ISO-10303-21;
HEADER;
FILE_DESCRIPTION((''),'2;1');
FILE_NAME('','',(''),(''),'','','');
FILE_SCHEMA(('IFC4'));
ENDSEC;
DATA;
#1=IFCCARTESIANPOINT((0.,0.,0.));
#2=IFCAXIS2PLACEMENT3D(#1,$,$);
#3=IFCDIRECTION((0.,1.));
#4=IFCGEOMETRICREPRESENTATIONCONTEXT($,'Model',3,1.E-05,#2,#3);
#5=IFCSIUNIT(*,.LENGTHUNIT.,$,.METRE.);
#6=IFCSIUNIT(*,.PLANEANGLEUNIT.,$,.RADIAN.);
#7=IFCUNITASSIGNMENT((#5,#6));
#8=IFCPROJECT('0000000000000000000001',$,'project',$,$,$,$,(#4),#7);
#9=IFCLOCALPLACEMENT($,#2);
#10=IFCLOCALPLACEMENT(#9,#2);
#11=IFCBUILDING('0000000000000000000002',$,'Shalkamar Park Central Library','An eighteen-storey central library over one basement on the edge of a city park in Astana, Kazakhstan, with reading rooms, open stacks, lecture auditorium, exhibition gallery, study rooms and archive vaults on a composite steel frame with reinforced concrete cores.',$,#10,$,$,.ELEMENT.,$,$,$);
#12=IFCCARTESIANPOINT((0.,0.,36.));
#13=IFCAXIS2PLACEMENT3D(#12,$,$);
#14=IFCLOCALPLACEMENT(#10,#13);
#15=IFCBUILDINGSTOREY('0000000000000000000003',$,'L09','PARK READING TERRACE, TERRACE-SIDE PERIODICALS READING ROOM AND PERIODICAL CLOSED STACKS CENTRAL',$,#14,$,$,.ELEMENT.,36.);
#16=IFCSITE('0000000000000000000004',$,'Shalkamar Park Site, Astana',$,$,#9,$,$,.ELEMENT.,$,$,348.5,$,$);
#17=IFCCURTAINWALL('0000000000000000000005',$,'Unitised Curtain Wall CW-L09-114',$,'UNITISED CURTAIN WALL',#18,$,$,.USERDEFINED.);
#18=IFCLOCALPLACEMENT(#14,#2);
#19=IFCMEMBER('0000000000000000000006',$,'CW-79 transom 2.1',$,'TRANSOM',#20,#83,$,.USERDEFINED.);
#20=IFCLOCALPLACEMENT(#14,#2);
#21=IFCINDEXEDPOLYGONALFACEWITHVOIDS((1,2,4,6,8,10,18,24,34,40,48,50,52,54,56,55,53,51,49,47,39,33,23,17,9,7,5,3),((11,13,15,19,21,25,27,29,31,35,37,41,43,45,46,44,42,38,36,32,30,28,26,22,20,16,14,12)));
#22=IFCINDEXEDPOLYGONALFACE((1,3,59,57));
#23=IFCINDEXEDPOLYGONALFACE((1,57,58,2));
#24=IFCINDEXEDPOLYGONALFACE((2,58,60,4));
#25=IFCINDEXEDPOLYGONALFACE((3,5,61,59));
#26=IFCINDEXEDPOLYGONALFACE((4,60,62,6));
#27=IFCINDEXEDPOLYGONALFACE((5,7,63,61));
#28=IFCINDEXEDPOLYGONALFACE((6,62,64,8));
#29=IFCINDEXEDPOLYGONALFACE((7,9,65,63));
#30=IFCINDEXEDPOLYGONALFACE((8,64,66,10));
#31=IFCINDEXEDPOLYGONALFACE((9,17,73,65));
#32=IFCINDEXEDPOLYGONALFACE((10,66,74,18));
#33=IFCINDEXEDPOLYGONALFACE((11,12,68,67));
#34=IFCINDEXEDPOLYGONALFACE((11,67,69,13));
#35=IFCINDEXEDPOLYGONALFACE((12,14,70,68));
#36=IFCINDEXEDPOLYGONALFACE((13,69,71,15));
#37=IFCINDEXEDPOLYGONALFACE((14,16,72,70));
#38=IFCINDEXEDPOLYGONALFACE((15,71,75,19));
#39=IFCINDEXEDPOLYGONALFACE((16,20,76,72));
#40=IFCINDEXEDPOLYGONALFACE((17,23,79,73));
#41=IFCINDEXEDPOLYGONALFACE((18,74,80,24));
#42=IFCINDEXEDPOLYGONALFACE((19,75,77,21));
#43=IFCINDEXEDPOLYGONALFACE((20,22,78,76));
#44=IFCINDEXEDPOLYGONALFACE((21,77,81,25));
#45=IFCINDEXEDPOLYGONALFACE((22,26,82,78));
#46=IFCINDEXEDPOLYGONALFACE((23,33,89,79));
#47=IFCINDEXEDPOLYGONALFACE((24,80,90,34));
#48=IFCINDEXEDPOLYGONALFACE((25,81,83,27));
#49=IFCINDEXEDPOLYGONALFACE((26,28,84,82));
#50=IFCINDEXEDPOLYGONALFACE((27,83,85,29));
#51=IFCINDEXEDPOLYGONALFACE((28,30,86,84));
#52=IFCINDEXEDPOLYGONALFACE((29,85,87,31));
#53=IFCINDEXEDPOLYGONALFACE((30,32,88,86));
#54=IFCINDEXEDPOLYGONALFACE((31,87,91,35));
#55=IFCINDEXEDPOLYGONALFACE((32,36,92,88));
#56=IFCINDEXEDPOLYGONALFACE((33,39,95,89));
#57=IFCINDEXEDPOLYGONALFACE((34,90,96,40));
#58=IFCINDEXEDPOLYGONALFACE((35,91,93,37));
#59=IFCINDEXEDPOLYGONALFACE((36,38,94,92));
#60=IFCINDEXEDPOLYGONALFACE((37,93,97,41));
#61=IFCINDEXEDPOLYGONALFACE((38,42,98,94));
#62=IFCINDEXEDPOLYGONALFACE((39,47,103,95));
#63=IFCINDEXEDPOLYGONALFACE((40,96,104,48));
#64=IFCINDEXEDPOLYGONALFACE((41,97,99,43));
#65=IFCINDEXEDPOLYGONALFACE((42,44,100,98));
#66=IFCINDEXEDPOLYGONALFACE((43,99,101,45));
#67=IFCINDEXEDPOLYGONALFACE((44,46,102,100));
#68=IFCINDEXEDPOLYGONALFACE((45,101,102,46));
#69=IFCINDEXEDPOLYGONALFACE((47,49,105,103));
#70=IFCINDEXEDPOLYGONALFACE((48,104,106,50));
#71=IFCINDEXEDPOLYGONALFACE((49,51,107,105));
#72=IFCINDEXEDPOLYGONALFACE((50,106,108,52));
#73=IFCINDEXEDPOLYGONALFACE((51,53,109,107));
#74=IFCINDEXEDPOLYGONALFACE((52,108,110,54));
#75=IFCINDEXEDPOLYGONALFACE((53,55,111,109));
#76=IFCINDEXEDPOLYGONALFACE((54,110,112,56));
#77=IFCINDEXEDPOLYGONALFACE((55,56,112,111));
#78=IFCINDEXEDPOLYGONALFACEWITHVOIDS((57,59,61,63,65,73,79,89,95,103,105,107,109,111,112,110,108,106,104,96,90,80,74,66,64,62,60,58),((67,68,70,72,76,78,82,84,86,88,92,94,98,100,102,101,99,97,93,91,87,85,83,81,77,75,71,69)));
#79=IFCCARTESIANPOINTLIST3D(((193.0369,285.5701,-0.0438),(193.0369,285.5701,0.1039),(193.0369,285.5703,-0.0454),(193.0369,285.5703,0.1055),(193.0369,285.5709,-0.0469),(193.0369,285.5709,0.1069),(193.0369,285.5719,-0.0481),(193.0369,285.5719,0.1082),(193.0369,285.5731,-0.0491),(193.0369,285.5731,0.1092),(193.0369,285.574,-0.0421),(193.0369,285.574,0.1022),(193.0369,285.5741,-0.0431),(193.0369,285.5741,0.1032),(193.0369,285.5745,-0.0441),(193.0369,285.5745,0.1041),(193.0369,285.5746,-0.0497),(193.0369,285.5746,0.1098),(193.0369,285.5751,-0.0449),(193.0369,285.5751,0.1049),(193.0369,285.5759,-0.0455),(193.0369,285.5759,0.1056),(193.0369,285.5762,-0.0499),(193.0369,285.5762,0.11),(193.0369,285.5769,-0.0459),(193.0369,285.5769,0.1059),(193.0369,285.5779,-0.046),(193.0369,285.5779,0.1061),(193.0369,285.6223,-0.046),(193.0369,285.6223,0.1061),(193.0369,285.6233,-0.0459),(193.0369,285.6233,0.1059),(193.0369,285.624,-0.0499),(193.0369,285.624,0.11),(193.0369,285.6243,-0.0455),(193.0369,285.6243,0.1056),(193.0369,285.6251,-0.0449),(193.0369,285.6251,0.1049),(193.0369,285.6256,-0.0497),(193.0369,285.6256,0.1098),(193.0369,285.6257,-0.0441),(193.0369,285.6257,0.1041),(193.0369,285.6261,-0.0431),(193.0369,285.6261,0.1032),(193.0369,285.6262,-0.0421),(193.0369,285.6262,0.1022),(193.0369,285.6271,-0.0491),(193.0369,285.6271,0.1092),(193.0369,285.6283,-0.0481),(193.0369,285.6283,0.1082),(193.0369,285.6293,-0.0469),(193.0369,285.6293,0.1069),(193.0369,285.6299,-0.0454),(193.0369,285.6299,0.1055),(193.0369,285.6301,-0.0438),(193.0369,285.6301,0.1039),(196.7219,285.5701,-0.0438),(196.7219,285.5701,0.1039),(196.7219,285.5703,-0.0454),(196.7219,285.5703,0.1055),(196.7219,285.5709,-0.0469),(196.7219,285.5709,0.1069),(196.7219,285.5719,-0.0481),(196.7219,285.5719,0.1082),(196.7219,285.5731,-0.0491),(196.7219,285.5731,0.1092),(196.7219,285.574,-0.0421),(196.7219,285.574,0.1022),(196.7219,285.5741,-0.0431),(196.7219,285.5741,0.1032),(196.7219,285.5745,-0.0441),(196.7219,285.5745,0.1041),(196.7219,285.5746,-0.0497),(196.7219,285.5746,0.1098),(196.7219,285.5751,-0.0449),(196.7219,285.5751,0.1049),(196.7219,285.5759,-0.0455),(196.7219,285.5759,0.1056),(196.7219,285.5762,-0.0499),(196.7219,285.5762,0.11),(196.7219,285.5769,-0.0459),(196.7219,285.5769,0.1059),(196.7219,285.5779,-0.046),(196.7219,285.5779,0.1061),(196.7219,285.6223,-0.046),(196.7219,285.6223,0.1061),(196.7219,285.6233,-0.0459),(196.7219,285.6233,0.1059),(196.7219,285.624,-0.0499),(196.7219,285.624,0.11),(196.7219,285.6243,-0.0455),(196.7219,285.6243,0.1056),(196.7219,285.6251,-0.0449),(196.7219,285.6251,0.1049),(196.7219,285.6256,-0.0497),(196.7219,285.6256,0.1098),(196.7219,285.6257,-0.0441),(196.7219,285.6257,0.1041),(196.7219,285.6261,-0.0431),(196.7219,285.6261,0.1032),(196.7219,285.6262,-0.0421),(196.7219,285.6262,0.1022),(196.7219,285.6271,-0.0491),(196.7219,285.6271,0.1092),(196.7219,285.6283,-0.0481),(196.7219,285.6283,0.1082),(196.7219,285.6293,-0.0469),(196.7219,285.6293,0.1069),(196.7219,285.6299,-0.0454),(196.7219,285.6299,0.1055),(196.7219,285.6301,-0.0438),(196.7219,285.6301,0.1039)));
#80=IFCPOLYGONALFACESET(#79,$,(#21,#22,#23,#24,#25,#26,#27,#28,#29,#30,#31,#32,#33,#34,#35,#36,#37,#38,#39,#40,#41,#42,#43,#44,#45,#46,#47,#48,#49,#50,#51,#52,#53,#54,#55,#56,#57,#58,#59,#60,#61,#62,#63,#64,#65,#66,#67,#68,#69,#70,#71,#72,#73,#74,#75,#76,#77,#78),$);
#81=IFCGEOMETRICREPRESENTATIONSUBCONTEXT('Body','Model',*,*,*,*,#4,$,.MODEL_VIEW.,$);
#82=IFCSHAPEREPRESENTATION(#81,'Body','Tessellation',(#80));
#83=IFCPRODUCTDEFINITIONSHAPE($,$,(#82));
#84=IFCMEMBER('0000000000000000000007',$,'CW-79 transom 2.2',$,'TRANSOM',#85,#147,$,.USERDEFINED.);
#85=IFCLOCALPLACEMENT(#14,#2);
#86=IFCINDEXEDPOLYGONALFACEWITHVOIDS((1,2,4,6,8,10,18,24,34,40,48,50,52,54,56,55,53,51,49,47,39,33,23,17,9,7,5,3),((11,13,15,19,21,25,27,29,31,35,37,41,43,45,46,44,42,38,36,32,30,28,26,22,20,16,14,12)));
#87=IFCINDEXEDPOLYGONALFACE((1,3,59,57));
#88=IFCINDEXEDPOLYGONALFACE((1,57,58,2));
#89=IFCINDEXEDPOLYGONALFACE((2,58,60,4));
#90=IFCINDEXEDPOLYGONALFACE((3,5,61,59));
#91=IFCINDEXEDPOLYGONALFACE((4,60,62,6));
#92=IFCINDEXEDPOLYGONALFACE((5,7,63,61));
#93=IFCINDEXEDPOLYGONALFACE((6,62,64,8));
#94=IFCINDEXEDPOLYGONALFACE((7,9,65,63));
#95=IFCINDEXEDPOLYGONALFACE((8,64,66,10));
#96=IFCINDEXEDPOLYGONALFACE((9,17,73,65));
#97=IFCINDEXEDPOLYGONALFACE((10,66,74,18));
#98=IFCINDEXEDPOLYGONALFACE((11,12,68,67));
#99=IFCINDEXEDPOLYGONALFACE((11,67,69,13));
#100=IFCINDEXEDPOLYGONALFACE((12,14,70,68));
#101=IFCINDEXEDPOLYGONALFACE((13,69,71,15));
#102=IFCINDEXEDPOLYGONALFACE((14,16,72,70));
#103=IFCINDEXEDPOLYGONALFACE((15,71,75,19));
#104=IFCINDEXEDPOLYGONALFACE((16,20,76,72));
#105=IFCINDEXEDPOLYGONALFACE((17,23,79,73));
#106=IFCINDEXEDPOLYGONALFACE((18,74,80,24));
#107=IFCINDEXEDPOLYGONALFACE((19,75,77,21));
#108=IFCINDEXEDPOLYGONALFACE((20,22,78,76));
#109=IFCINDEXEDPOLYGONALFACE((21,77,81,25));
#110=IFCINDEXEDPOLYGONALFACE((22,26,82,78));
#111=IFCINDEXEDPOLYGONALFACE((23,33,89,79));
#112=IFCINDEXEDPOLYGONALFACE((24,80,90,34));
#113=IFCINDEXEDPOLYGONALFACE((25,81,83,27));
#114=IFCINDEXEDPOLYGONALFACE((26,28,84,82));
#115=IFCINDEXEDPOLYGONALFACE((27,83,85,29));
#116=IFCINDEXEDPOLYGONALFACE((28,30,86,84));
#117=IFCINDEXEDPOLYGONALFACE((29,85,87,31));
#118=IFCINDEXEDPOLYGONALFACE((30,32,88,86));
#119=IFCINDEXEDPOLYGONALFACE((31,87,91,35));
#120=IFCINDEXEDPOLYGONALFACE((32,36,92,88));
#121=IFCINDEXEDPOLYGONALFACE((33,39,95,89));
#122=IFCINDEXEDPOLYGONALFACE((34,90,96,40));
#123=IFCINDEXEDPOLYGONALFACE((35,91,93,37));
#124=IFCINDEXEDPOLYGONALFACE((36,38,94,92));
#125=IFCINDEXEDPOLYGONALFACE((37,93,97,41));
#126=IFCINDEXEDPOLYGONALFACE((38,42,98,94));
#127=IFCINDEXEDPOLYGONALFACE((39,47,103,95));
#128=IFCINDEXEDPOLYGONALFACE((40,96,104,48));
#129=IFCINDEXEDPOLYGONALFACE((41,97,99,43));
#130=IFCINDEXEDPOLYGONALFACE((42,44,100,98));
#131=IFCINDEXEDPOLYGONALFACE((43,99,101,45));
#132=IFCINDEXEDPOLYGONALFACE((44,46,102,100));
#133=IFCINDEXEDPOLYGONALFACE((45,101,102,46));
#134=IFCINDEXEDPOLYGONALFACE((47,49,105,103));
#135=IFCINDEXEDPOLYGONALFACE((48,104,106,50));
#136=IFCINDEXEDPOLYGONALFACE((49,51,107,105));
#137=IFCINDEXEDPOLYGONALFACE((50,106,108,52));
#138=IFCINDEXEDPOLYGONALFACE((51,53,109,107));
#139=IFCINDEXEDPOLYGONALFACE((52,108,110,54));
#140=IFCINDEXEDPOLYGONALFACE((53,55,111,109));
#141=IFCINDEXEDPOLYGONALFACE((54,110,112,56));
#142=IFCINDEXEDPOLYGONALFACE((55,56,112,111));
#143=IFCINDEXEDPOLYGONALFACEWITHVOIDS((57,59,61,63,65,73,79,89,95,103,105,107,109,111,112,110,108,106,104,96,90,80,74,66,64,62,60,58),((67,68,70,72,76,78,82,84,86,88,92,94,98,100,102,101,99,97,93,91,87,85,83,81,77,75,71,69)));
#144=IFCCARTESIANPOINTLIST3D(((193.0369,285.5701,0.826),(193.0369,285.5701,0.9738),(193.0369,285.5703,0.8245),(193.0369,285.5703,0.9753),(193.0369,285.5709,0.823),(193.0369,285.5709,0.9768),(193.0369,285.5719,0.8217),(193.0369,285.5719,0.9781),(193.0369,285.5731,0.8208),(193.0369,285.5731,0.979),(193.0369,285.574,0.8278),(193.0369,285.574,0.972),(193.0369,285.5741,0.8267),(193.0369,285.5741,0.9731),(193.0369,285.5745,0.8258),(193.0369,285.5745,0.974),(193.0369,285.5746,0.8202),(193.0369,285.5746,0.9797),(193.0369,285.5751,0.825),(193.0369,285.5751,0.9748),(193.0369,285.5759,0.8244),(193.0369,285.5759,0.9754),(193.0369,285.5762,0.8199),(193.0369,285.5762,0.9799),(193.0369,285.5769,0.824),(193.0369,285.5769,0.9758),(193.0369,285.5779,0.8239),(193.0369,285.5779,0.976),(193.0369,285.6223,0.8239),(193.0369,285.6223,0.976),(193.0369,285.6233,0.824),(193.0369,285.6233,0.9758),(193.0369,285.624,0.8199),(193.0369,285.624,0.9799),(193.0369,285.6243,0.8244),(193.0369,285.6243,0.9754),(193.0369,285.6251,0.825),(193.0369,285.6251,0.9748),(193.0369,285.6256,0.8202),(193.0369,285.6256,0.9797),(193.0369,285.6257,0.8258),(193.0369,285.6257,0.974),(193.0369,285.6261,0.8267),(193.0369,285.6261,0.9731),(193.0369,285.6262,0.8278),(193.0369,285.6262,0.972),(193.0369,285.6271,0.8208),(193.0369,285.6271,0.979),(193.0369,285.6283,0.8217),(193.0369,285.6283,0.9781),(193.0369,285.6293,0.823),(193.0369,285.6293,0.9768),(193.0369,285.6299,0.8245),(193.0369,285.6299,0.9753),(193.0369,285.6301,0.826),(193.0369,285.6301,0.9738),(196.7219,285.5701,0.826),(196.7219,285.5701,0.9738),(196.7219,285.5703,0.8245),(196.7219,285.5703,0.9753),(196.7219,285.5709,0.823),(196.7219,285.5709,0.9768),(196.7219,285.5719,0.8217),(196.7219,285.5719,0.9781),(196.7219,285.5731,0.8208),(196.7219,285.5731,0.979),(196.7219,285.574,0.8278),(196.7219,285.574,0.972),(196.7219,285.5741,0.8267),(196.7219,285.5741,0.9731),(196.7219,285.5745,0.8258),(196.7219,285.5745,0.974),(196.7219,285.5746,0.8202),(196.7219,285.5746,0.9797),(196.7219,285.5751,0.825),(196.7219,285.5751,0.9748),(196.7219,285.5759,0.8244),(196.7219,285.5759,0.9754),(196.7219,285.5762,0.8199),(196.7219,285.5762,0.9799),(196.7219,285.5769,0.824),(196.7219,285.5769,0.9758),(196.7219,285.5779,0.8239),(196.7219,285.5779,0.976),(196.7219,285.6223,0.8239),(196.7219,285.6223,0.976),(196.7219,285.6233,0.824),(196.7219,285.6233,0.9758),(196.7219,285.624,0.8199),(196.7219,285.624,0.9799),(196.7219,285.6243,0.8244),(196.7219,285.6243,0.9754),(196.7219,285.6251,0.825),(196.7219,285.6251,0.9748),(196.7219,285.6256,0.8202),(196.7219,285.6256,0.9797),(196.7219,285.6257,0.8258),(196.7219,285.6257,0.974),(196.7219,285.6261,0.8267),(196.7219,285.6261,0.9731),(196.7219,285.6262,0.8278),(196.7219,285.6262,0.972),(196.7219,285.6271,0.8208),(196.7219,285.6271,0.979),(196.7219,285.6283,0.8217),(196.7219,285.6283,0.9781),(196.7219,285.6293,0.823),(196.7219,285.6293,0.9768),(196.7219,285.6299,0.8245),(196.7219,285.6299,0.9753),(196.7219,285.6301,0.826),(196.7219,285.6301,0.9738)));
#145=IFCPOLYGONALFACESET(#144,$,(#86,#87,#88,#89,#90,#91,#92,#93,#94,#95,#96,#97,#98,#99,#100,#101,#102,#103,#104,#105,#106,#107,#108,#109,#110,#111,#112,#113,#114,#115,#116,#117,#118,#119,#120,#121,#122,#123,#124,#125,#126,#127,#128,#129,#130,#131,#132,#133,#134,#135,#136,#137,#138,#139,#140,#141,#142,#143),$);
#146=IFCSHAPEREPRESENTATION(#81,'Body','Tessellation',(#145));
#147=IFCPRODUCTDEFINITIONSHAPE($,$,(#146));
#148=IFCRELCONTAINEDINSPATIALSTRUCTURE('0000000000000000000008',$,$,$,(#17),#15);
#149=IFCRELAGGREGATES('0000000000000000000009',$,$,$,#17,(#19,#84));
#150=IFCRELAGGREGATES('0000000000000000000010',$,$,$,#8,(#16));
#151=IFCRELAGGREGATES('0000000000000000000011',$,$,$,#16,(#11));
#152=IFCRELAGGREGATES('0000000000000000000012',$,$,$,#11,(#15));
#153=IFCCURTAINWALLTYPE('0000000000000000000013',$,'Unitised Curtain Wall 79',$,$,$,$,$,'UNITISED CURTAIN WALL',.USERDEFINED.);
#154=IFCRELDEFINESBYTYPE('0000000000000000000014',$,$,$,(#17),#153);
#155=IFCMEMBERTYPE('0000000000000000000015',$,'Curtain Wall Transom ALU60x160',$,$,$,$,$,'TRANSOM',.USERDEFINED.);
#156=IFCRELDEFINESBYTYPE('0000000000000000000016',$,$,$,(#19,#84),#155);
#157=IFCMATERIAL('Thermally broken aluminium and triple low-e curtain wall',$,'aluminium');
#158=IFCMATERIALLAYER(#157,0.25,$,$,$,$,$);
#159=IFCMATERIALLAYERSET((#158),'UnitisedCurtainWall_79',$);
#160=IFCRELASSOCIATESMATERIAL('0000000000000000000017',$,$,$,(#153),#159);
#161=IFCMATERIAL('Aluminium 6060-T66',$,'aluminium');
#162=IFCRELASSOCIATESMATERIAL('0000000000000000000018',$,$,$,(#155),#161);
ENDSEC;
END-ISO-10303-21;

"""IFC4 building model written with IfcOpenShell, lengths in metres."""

from ifc_helpers import new_model, si_unit, direction, frame, origin, origin_2d, place, context, subcontext, project, spatial, hollow_rectangle, extrude, material, layer, layer_set, material_profile, profile_set, type_object, element, aggregate, save


model = new_model("IFC4")

# Units and contexts
model_context = context("Model", 3, precision=1e-05, world=origin(), true_north=direction((0.0, 1.0)))
body_context = subcontext(model_context, "Body", "Model", "MODEL_VIEW")
ifc_project = project(units=[si_unit("LENGTHUNIT", "METRE"), si_unit("PLANEANGLEUNIT", "RADIAN")], contexts=[model_context])

# Site, building, storey
site_placement = place(None, origin())
site = spatial("IfcSite", under=ifc_project, at=site_placement, Name="Shalkamar Park Site, Astana", CompositionType="ELEMENT", RefElevation=348.5)
building_placement = place(site_placement, origin())
building = spatial("IfcBuilding", under=site, at=building_placement, Name="Shalkamar Park Central Library", Description="An eighteen-storey central library over one basement on the edge of a city park in Astana, Kazakhstan, with reading rooms, open stacks, lecture auditorium, exhibition gallery, study rooms and archive vaults on a composite steel frame with reinforced concrete cores.", CompositionType="ELEMENT")
storey_placement = place(building_placement, frame((0.0, 0.0, 36.0)))
storey = spatial("IfcBuildingStorey", under=building, at=storey_placement, Name="L09", Description="PARK READING TERRACE, TERRACE-SIDE PERIODICALS READING ROOM AND PERIODICAL CLOSED STACKS CENTRAL", CompositionType="ELEMENT", Elevation=36.0)

# Curtain wall
ifc_material_1 = material(Name="Thermally broken aluminium and triple low-e curtain wall", Category="aluminium")
ifc_layer_1 = layer(ifc_material_1, 0.25)
ifc_layer_set_1 = layer_set([ifc_layer_1], Name="UnitisedCurtainWall_79")
curtain_wall_type_1 = type_object("IfcCurtainWallType", Name="Unitised Curtain Wall 79", ElementType="UNITISED CURTAIN WALL", PredefinedType="USERDEFINED", material=ifc_layer_set_1)
curtain_wall_1_placement = place(storey_placement, origin())
curtain_wall_1 = element("IfcCurtainWall", 1, at=curtain_wall_1_placement, inside=storey, type_object=curtain_wall_type_1, Name="Unitised Curtain Wall CW-L09-114", ObjectType="UNITISED CURTAIN WALL", PredefinedType="USERDEFINED")
ifc_material_2 = material(Name="Aluminium 6060-T66", Category="aluminium")

# Members
ifc_material_profile_1 = material_profile(ifc_material_2, hollow_rectangle(XDim=0.0601, YDim=0.1599, WallThickness=0.0039, InnerFilletRadius=0.0039, OuterFilletRadius=0.0061, at=origin_2d()), Name="ALU 60x160x4")
ifc_profile_set_1 = profile_set([ifc_material_profile_1], Name="Aluminium 6060-T66")
member_type_1 = type_object("IfcMemberType", Name="Curtain Wall Transom ALU60x160", ElementType="TRANSOM", PredefinedType="USERDEFINED", material=ifc_profile_set_1)
member_1_placement = place(storey_placement, frame((193.0369, 285.6001, 0.03), z_axis=(1.0, 0.0, 0.0), x_axis=(0.0, 1.0, 0.0)))
member_1 = element("IfcMember", 2, at=member_1_placement, type_object=member_type_1, Name="CW-79 transom 2.1", ObjectType="TRANSOM", PredefinedType="USERDEFINED", context=body_context, shape_type="SweptSolid", body=[
    extrude(hollow_rectangle(XDim=0.0601, YDim=0.1599, WallThickness=0.0039, InnerFilletRadius=0.0039, OuterFilletRadius=0.0061, at=origin_2d()), origin(), (0.0, 0.0, 1.0), 3.6851),
])
member_2_placement = place(storey_placement, frame((193.0369, 285.6001, 0.8999), z_axis=(1.0, 0.0, 0.0), x_axis=(0.0, 1.0, 0.0)))
member_2 = element("IfcMember", 3, at=member_2_placement, type_object=member_type_1, Name="CW-79 transom 2.2", ObjectType="TRANSOM", PredefinedType="USERDEFINED", context=body_context, shape_type="SweptSolid", body=[
    extrude(hollow_rectangle(XDim=0.0601, YDim=0.1599, WallThickness=0.0039, InnerFilletRadius=0.0039, OuterFilletRadius=0.0061, at=origin_2d()), origin(), (0.0, 0.0, 1.0), 3.6851),
])

aggregate(curtain_wall_1, [member_1, member_2])

save(model, "model.ifc")
